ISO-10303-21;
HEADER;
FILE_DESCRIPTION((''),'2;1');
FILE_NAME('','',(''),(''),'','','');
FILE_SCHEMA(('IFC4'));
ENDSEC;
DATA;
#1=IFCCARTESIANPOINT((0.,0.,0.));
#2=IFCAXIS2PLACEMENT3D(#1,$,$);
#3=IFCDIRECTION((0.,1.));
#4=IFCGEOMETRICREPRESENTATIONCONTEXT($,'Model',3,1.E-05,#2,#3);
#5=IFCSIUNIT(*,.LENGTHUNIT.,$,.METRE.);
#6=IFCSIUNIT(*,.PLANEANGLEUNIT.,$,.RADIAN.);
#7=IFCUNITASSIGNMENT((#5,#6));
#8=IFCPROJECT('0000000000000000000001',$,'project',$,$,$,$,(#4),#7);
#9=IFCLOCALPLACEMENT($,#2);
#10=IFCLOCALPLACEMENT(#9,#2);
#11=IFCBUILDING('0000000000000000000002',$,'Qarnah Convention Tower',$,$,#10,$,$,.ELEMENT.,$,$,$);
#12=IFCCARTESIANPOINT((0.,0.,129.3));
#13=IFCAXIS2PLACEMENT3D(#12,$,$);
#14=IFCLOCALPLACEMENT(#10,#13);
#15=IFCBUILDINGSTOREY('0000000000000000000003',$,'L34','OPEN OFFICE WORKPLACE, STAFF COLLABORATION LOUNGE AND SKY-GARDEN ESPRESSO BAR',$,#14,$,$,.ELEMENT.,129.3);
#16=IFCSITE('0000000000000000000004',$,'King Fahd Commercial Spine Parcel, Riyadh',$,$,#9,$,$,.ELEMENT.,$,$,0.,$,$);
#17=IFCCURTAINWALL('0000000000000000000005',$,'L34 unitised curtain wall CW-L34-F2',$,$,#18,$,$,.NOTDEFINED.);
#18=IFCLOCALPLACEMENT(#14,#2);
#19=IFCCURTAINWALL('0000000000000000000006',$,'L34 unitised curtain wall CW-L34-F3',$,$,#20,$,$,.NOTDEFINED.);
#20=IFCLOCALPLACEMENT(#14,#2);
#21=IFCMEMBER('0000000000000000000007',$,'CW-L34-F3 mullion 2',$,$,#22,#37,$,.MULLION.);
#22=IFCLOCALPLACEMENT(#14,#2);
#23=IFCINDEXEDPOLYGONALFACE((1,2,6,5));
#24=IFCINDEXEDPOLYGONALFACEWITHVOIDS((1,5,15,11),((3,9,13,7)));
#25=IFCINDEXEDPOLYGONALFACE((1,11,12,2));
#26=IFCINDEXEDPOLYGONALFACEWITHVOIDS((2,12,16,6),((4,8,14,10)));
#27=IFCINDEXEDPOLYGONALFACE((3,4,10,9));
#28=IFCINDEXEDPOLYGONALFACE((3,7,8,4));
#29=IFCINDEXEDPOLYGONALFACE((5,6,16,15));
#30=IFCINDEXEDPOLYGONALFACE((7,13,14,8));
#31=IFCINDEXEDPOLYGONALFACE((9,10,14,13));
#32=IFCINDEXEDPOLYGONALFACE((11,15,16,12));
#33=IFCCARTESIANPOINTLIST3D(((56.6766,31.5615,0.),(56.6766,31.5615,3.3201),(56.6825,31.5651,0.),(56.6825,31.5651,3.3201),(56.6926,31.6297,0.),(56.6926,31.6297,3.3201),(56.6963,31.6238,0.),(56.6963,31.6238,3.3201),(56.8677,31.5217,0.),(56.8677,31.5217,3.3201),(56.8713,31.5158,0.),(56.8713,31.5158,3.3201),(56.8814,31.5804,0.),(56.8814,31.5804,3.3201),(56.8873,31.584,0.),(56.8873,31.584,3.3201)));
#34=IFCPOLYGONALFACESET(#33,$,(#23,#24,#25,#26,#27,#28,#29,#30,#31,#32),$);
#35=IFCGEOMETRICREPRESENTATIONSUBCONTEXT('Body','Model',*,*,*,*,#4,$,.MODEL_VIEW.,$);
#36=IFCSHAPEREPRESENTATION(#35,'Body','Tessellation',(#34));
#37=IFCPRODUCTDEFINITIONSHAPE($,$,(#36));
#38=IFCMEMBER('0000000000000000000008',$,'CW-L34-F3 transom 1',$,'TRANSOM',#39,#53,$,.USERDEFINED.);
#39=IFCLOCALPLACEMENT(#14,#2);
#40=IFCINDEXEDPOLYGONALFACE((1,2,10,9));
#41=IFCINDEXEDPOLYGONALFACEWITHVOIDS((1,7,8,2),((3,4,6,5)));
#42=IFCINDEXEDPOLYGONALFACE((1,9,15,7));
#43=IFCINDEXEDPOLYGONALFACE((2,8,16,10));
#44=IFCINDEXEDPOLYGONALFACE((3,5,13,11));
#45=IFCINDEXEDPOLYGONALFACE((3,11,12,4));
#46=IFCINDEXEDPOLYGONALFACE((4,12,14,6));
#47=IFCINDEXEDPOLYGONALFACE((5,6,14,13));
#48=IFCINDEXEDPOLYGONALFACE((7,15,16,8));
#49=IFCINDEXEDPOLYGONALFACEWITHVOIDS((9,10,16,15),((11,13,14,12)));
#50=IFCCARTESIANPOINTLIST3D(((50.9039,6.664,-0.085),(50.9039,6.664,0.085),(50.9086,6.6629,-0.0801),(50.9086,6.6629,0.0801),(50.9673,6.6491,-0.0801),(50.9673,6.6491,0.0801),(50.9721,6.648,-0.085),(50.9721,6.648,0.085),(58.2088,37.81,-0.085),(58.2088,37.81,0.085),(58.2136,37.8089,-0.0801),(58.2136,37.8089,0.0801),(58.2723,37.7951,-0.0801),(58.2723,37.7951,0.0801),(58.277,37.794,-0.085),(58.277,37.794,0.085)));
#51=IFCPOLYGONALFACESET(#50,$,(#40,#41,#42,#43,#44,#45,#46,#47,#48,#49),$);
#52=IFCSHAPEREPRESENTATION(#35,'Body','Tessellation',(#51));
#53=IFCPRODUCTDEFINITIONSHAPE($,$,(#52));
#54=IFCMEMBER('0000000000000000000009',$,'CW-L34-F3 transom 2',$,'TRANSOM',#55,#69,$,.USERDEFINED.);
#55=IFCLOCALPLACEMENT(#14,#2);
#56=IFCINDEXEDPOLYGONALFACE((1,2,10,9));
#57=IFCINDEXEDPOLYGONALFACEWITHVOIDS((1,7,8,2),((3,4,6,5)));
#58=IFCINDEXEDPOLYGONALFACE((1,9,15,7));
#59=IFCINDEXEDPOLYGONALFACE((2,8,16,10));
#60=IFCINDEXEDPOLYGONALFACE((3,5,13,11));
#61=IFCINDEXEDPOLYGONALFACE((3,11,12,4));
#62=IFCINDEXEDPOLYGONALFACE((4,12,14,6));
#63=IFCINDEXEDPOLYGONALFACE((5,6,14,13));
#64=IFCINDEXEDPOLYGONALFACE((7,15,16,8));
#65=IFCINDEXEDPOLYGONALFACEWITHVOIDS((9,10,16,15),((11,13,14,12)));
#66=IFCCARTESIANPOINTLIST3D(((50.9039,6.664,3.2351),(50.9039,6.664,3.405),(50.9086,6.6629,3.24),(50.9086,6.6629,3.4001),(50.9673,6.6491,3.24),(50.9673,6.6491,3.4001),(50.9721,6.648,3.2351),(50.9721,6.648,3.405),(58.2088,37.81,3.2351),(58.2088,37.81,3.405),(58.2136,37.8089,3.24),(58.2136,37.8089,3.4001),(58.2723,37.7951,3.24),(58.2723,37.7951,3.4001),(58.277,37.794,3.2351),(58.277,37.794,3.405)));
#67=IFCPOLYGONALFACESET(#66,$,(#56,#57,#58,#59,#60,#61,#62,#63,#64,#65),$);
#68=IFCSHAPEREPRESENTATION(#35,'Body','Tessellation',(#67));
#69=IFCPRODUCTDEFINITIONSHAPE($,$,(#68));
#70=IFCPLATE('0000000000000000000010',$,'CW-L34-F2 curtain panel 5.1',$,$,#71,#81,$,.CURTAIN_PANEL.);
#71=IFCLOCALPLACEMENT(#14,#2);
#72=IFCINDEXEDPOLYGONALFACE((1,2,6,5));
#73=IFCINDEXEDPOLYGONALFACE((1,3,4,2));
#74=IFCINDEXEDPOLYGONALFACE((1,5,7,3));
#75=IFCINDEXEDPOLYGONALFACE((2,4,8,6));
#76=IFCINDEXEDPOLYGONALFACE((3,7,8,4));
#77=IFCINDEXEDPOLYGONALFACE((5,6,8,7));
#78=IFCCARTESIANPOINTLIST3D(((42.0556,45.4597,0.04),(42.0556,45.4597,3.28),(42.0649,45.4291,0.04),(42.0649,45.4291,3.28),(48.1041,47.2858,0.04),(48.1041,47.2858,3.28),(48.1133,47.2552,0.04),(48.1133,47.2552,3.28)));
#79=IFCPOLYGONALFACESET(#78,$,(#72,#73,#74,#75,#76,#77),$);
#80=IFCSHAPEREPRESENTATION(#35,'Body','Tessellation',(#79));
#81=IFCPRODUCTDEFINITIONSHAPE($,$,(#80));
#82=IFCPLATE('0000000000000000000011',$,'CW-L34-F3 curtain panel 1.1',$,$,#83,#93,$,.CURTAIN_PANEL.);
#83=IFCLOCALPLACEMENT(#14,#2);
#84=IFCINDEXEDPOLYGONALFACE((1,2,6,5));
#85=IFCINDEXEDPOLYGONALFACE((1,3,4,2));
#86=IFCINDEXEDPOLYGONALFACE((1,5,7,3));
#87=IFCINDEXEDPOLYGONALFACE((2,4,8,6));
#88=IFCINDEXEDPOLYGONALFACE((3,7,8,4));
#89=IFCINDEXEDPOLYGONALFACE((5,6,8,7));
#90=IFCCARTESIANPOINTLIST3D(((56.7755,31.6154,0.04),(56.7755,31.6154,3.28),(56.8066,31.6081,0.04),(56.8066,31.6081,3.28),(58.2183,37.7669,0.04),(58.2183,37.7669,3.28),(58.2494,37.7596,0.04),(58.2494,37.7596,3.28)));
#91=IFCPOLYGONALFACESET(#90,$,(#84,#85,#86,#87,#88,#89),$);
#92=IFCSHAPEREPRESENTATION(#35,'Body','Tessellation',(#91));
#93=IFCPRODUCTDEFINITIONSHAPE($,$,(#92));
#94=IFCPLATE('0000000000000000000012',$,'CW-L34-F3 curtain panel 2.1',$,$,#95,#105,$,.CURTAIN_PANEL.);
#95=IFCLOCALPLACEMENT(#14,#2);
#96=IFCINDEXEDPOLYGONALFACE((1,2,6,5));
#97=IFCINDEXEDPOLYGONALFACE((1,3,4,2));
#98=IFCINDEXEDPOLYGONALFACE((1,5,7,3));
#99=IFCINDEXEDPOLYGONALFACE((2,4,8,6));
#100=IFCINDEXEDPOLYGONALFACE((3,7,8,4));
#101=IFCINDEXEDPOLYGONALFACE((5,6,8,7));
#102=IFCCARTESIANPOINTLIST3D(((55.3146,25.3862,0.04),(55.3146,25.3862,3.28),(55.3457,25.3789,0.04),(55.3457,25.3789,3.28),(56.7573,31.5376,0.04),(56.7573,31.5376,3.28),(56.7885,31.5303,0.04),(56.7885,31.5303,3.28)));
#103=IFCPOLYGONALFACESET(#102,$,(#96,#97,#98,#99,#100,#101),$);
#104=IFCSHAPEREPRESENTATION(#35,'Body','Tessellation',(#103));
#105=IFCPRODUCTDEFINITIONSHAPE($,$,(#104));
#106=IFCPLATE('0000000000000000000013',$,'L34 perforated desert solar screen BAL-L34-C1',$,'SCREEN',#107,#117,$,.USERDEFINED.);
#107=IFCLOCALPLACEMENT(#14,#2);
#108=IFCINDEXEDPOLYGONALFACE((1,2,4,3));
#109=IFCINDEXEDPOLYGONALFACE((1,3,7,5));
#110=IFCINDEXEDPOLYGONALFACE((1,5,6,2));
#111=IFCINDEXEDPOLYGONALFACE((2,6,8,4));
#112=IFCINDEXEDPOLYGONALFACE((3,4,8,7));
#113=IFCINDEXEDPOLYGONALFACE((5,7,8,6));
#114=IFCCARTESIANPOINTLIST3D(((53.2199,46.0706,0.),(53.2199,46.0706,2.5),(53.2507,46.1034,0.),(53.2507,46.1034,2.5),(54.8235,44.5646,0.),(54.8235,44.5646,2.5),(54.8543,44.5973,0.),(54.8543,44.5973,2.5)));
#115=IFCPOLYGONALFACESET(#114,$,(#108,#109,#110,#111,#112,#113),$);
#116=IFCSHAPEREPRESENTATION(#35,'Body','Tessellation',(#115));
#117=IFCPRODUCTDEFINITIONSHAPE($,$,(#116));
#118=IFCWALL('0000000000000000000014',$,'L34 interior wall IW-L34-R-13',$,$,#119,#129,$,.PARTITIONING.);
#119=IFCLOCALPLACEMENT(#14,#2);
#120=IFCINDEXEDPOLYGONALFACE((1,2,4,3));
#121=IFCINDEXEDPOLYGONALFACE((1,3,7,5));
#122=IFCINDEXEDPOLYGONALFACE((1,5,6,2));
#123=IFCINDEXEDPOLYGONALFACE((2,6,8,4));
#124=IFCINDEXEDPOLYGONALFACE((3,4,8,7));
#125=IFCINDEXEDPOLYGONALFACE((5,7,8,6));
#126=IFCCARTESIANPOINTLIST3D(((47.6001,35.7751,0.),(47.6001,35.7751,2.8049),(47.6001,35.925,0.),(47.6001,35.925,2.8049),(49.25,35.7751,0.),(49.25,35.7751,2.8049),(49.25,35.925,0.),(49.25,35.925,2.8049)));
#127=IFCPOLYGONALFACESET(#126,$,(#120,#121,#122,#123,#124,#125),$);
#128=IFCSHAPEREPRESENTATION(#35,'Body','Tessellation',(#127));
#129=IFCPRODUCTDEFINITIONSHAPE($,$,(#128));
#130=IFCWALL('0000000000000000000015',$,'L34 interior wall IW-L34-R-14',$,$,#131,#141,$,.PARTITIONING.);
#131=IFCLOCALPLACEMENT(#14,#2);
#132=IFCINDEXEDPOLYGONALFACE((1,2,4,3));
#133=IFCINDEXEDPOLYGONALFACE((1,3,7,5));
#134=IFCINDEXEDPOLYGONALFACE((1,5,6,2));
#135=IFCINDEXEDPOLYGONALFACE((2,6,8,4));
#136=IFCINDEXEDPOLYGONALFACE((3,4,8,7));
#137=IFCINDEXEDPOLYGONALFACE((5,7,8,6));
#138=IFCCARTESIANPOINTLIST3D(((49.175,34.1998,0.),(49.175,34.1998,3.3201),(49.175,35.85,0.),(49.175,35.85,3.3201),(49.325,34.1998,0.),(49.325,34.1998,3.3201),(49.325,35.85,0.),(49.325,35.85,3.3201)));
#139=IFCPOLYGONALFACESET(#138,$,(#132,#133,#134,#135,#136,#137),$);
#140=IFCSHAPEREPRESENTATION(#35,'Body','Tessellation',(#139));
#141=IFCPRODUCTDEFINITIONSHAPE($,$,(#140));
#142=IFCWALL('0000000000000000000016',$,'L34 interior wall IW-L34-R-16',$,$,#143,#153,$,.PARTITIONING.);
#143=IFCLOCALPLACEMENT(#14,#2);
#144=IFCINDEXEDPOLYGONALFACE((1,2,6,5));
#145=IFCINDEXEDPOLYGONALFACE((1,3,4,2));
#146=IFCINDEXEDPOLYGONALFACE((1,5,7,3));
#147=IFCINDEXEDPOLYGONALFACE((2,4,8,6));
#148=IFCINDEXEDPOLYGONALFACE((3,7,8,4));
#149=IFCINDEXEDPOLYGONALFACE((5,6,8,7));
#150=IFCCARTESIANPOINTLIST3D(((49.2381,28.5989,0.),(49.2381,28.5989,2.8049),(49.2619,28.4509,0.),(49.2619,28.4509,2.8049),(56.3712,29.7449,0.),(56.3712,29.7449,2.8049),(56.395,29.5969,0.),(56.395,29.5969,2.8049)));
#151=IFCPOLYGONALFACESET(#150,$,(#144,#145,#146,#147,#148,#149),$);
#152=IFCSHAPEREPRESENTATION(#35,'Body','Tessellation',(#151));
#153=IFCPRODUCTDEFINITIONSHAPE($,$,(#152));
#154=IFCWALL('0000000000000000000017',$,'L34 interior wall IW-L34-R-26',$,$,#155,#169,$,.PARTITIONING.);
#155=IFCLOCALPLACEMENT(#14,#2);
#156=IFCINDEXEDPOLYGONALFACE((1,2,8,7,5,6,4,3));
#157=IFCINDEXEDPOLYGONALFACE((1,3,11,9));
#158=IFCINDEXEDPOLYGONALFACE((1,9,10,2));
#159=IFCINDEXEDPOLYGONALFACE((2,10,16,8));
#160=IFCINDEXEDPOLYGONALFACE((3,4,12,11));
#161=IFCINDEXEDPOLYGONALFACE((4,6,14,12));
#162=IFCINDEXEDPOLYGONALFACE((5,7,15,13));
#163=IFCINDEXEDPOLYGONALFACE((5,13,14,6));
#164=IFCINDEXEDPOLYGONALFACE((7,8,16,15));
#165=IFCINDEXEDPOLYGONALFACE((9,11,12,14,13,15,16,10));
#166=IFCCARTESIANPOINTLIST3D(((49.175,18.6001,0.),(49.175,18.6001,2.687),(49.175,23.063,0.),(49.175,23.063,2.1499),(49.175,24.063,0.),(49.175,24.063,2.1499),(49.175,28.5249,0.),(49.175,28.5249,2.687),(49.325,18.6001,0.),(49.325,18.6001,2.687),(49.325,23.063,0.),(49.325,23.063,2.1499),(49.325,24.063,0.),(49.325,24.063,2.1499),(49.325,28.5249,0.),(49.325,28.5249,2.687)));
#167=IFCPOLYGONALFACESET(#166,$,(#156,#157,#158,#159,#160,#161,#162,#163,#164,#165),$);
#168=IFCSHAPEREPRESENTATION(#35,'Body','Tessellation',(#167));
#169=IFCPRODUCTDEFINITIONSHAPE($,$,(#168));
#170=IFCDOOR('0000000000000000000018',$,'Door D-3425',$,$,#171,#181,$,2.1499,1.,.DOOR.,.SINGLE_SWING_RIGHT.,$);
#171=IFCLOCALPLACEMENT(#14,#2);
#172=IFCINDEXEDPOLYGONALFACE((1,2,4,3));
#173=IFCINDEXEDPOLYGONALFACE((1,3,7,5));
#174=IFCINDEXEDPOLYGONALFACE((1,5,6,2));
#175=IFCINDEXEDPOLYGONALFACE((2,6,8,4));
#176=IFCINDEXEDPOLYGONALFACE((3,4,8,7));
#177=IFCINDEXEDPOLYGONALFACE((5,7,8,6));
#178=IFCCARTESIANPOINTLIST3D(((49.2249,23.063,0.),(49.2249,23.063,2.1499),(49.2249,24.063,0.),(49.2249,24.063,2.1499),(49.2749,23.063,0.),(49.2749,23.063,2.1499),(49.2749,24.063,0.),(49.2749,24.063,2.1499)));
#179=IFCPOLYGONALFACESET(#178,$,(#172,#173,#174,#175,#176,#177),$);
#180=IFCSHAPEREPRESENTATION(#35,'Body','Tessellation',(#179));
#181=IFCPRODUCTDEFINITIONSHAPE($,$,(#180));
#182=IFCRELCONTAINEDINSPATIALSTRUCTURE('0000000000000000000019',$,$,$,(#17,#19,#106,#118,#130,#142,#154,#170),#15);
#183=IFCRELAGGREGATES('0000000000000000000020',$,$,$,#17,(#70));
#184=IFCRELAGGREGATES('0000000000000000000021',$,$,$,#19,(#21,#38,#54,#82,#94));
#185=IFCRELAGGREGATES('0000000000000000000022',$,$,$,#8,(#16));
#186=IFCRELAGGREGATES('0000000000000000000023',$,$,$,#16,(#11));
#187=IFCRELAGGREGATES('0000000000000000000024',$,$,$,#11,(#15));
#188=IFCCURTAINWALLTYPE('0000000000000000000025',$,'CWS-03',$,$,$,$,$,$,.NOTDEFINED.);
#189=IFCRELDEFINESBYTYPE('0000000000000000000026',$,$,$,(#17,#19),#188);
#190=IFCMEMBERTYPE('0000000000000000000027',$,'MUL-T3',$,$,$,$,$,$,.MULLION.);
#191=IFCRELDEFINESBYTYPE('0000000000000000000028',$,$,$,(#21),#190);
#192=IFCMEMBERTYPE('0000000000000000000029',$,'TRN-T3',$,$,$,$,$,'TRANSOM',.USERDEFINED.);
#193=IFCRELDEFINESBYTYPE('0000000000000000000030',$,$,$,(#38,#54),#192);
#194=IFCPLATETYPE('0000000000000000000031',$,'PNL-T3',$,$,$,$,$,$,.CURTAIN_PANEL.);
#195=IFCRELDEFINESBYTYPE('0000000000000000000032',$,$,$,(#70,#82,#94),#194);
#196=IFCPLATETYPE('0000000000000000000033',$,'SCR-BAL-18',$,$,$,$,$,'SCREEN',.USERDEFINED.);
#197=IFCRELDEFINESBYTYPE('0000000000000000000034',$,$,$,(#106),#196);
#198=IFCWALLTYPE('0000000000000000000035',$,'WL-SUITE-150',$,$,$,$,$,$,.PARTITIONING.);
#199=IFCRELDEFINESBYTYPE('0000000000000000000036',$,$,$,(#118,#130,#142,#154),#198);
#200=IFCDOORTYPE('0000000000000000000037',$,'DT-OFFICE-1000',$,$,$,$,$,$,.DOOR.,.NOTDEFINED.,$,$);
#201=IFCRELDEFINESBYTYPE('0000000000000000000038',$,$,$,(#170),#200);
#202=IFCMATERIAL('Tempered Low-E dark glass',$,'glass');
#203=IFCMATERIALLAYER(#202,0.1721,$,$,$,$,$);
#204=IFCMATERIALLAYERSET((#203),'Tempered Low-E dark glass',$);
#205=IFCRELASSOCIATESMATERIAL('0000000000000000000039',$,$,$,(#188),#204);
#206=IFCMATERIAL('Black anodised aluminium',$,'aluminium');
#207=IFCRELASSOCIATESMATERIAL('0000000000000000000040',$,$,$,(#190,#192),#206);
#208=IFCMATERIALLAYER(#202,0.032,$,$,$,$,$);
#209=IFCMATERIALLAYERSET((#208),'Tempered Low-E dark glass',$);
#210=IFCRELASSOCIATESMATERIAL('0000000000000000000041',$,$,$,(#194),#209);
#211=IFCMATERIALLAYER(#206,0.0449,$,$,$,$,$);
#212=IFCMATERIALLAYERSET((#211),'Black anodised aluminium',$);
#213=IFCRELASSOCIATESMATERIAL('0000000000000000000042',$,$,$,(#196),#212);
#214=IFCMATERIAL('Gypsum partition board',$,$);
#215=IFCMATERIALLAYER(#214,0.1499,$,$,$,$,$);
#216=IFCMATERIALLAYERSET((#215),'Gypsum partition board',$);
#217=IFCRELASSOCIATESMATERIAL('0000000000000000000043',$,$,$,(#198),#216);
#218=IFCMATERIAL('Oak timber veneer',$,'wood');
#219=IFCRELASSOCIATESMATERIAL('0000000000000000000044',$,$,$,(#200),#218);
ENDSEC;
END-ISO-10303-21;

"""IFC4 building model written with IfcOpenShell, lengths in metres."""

from ifc_helpers import new_model, si_unit, direction, frame, frame_2d, origin, origin_2d, place, context, subcontext, project, spatial, rectangle, hollow_rectangle, extrude, material, layer, layer_set, material_profile, profile_set, type_object, element, fill, aggregate, save


model = new_model("IFC4")

# Units and contexts
model_context = context("Model", 3, precision=1e-05, world=origin(), true_north=direction((0.0, 1.0)))
body_context = subcontext(model_context, "Body", "Model", "MODEL_VIEW")
ifc_project = project(units=[si_unit("LENGTHUNIT", "METRE"), si_unit("PLANEANGLEUNIT", "RADIAN")], contexts=[model_context])

# Site, building, storey
site_placement = place(None, origin())
site = spatial("IfcSite", under=ifc_project, at=site_placement, Name="King Fahd Commercial Spine Parcel, Riyadh", CompositionType="ELEMENT", RefElevation=0.0)
building_placement = place(site_placement, origin())
building = spatial("IfcBuilding", under=site, at=building_placement, Name="Qarnah Convention Tower", CompositionType="ELEMENT")
storey_placement = place(building_placement, frame((0.0, 0.0, 129.3)))
storey = spatial("IfcBuildingStorey", under=building, at=storey_placement, Name="L34", Description="OPEN OFFICE WORKPLACE, STAFF COLLABORATION LOUNGE AND SKY-GARDEN ESPRESSO BAR", CompositionType="ELEMENT", Elevation=129.3)

# Curtain wall
ifc_material_1 = material(Name="Tempered Low-E dark glass", Category="glass")
ifc_layer_1 = layer(ifc_material_1, 0.1721)
ifc_layer_set_1 = layer_set([ifc_layer_1], Name="Tempered Low-E dark glass")
curtain_wall_type = type_object("IfcCurtainWallType", Name="CWS-03", PredefinedType="NOTDEFINED", material=ifc_layer_set_1)
curtain_wall_1_placement = place(storey_placement, origin())
curtain_wall_1 = element("IfcCurtainWall", 1, at=curtain_wall_1_placement, inside=storey, type_object=curtain_wall_type, Name="L34 unitised curtain wall CW-L34-F2", PredefinedType="NOTDEFINED")
ifc_material_2 = material(Name="Black anodised aluminium", Category="aluminium")
ifc_material_profile_1 = material_profile(ifc_material_2, hollow_rectangle(XDim=0.0701, YDim=0.2, WallThickness=0.0049, at=origin_2d()), Name="MUL-70X200")
ifc_profile_set_1 = profile_set([ifc_material_profile_1], Name="Black anodised aluminium")
member_type_1 = type_object("IfcMemberType", Name="MUL-T3", PredefinedType="MULLION", material=ifc_profile_set_1)

# Curtain wall, members
curtain_wall_2_placement = place(storey_placement, origin())
curtain_wall_2 = element("IfcCurtainWall", 2, at=curtain_wall_2_placement, inside=storey, type_object=curtain_wall_type, Name="L34 unitised curtain wall CW-L34-F3", PredefinedType="NOTDEFINED")
member_1_placement = place(storey_placement, frame((56.782, 31.5728, 0.0), z_axis=(0.0, 0.0, 1.0), x_axis=(-0.228344, -0.97358, 0.0)))
member_1 = element("IfcMember", 3, at=member_1_placement, type_object=member_type_1, Name="CW-L34-F3 mullion 2", PredefinedType="MULLION", context=body_context, shape_type="SweptSolid", body=[
    extrude(hollow_rectangle(XDim=0.0701, YDim=0.2, WallThickness=0.0049, at=origin_2d()), origin(), (0.0, 0.0, 1.0), 3.3201),
])
ifc_material_profile_2 = material_profile(ifc_material_2, hollow_rectangle(XDim=0.0701, YDim=0.1699, WallThickness=0.0049, at=origin_2d()), Name="TRN-70X170")
ifc_profile_set_2 = profile_set([ifc_material_profile_2], Name="Black anodised aluminium")
member_type_2 = type_object("IfcMemberType", Name="TRN-T3", ElementType="TRANSOM", PredefinedType="USERDEFINED", material=ifc_profile_set_2)
member_2_placement = place(storey_placement, frame((58.2429, 37.802, 0.0), z_axis=(-0.228342, -0.973581, 0.0), x_axis=(0.973581, -0.228342, 0.0)))
member_2 = element("IfcMember", 4, at=member_2_placement, type_object=member_type_2, Name="CW-L34-F3 transom 1", ObjectType="TRANSOM", PredefinedType="USERDEFINED", context=body_context, shape_type="SweptSolid", body=[
    extrude(hollow_rectangle(XDim=0.0701, YDim=0.1699, WallThickness=0.0049, at=origin_2d()), origin(), (0.0, 0.0, 1.0), 31.9912),
])
member_3_placement = place(storey_placement, frame((58.2429, 37.802, 3.3201), z_axis=(-0.228342, -0.973581, 0.0), x_axis=(0.973581, -0.228342, 0.0)))
member_3 = element("IfcMember", 5, at=member_3_placement, type_object=member_type_2, Name="CW-L34-F3 transom 2", ObjectType="TRANSOM", PredefinedType="USERDEFINED", context=body_context, shape_type="SweptSolid", body=[
    extrude(hollow_rectangle(XDim=0.0701, YDim=0.1699, WallThickness=0.0049, at=origin_2d()), origin(), (0.0, 0.0, 1.0), 31.9912),
])

# Plates
ifc_layer_2 = layer(ifc_material_1, 0.032)
ifc_layer_set_2 = layer_set([ifc_layer_2], Name="Tempered Low-E dark glass")
plate_type_1 = type_object("IfcPlateType", Name="PNL-T3", PredefinedType="CURTAIN_PANEL", material=ifc_layer_set_2)
plate_1_placement = place(storey_placement, frame((45.0845, 46.3574, 0.04), z_axis=(0.0, 0.0, 1.0), x_axis=(0.957322, 0.289025, 0.0)))
plate_1 = element("IfcPlate", 6, at=plate_1_placement, type_object=plate_type_1, Name="CW-L34-F2 curtain panel 5.1", PredefinedType="CURTAIN_PANEL", context=body_context, shape_type="SweptSolid", body=[
    extrude(rectangle(XDim=6.3181, YDim=0.032, at=origin_2d()), origin(), (0.0, 0.0, 1.0), 3.24),
])
aggregate(curtain_wall_1, [plate_1])
plate_2_placement = place(storey_placement, frame((57.5125, 34.6875, 0.04), z_axis=(0.0, 0.0, 1.0), x_axis=(-0.228344, -0.97358, 0.0)))
plate_2 = element("IfcPlate", 7, at=plate_2_placement, type_object=plate_type_1, Name="CW-L34-F3 curtain panel 1.1", PredefinedType="CURTAIN_PANEL", context=body_context, shape_type="SweptSolid", body=[
    extrude(rectangle(XDim=6.3184, YDim=0.032, at=origin_2d()), origin(), (0.0, 0.0, 1.0), 3.24),
])
plate_3_placement = place(storey_placement, frame((56.0515, 28.4583, 0.04), z_axis=(0.0, 0.0, 1.0), x_axis=(-0.228344, -0.97358, 0.0)))
plate_3 = element("IfcPlate", 8, at=plate_3_placement, type_object=plate_type_1, Name="CW-L34-F3 curtain panel 2.1", PredefinedType="CURTAIN_PANEL", context=body_context, shape_type="SweptSolid", body=[
    extrude(rectangle(XDim=6.3184, YDim=0.032, at=origin_2d()), origin(), (0.0, 0.0, 1.0), 3.24),
])
aggregate(curtain_wall_2, [member_1, member_2, member_3, plate_2, plate_3])
ifc_layer_3 = layer(ifc_material_2, 0.0449)
ifc_layer_set_3 = layer_set([ifc_layer_3], Name="Black anodised aluminium")
plate_type_2 = type_object("IfcPlateType", Name="SCR-BAL-18", ElementType="SCREEN", PredefinedType="USERDEFINED", material=ifc_layer_set_3)
plate_4_placement = place(storey_placement, frame((54.0371, 45.334, 0.0), z_axis=(0.0, 0.0, 1.0), x_axis=(0.728934, -0.684584, 0.0)))
element("IfcPlate", 9, at=plate_4_placement, inside=storey, type_object=plate_type_2, Name="L34 perforated desert solar screen BAL-L34-C1", ObjectType="SCREEN", PredefinedType="USERDEFINED", context=body_context, shape_type="SweptSolid", body=[
    extrude(rectangle(XDim=2.2, YDim=0.0449, at=origin_2d()), origin(), (0.0, 0.0, 1.0), 2.5),
])

# Walls
ifc_material_3 = material(Name="Gypsum partition board")
ifc_layer_4 = layer(ifc_material_3, 0.1499)
ifc_layer_set_4 = layer_set([ifc_layer_4], Name="Gypsum partition board")
wall_type_1 = type_object("IfcWallType", Name="WL-SUITE-150", PredefinedType="PARTITIONING", material=ifc_layer_set_4)
wall_1_placement = place(storey_placement, frame((47.6001, 35.8501, 0.0), z_axis=(0.0, 0.0, 1.0), x_axis=(1.0, 0.0, 0.0)))
element("IfcWall", 10, at=wall_1_placement, inside=storey, type_object=wall_type_1, Name="L34 interior wall IW-L34-R-13", PredefinedType="PARTITIONING", context=body_context, shape_type="SweptSolid", body=[
    extrude(rectangle(XDim=1.6499, YDim=0.1499, at=frame_2d((0.825, 0.0))), origin(), (0.0, 0.0, 1.0), 2.8049),
])
wall_2_placement = place(storey_placement, frame((49.25, 35.8501, 0.0), z_axis=(0.0, 0.0, 1.0), x_axis=(0.0, -1.0, 0.0)))
element("IfcWall", 11, at=wall_2_placement, inside=storey, type_object=wall_type_1, Name="L34 interior wall IW-L34-R-14", PredefinedType="PARTITIONING", context=body_context, shape_type="SweptSolid", body=[
    extrude(rectangle(XDim=1.6501, YDim=0.1499, at=frame_2d((0.8252, 0.0))), origin(), (0.0, 0.0, 1.0), 3.3201),
])

# Shared definitions
ifc_material_4 = material(Name="Oak timber veneer", Category="wood")
door_type_1 = type_object("IfcDoorType", Name="DT-OFFICE-1000", OperationType="NOTDEFINED", PredefinedType="DOOR", material=ifc_material_4)

# Wall
wall_3_placement = place(storey_placement, frame((49.25, 28.5249, 0.0), z_axis=(0.0, 0.0, 1.0), x_axis=(0.987339, 0.158626, 0.0)))
element("IfcWall", 12, at=wall_3_placement, inside=storey, type_object=wall_type_1, Name="L34 interior wall IW-L34-R-16", PredefinedType="PARTITIONING", context=body_context, shape_type="SweptSolid", body=[
    extrude(rectangle(XDim=7.2246, YDim=0.1499, at=frame_2d((3.6123, 0.0))), origin(), (0.0, 0.0, 1.0), 2.8049),
])

# Wall, opening, door
wall_4_placement = place(storey_placement, frame((49.25, 28.5249, 0.0), z_axis=(0.0, 0.0, 1.0), x_axis=(0.0, -1.0, 0.0)))
wall_4 = element("IfcWall", 13, at=wall_4_placement, inside=storey, type_object=wall_type_1, Name="L34 interior wall IW-L34-R-26", PredefinedType="PARTITIONING", context=body_context, shape_type="SweptSolid", body=[
    extrude(rectangle(XDim=9.9248, YDim=0.1499, at=frame_2d((4.9624, 0.0))), origin(), (0.0, 0.0, 1.0), 2.687),
])
opening_1_placement = place(wall_4_placement, frame((4.4619, 0.0, 0.0)))
opening_1 = element("IfcOpeningElement", 14, at=opening_1_placement, cuts=wall_4, PredefinedType="OPENING", context=body_context, shape_type="SweptSolid", body=[
    extrude(rectangle(XDim=1.0, YDim=2.1499, at=frame_2d((0.5, 1.075))), frame((0.0, 0.085, 0.0), z_axis=(0.0, -1.0, 0.0), x_axis=(1.0, 0.0, 0.0)), (0.0, 0.0, 1.0), 0.1699),
])
door_1_placement = place(opening_1_placement, origin())
door_1 = element("IfcDoor", 15, at=door_1_placement, inside=storey, type_object=door_type_1, Name="Door D-3425", OperationType="SINGLE_SWING_RIGHT", OverallHeight=2.1499, OverallWidth=1.0, PredefinedType="DOOR", context=body_context, shape_type="SweptSolid", body=[
    extrude(rectangle(XDim=1.0, YDim=2.1499, at=frame_2d((0.5, 1.075))), frame((0.0, 0.0249, 0.0), z_axis=(0.0, -1.0, 0.0), x_axis=(1.0, 0.0, 0.0)), (0.0, 0.0, 1.0), 0.05),
])
fill(opening_1, door_1)

save(model, "model.ifc")
